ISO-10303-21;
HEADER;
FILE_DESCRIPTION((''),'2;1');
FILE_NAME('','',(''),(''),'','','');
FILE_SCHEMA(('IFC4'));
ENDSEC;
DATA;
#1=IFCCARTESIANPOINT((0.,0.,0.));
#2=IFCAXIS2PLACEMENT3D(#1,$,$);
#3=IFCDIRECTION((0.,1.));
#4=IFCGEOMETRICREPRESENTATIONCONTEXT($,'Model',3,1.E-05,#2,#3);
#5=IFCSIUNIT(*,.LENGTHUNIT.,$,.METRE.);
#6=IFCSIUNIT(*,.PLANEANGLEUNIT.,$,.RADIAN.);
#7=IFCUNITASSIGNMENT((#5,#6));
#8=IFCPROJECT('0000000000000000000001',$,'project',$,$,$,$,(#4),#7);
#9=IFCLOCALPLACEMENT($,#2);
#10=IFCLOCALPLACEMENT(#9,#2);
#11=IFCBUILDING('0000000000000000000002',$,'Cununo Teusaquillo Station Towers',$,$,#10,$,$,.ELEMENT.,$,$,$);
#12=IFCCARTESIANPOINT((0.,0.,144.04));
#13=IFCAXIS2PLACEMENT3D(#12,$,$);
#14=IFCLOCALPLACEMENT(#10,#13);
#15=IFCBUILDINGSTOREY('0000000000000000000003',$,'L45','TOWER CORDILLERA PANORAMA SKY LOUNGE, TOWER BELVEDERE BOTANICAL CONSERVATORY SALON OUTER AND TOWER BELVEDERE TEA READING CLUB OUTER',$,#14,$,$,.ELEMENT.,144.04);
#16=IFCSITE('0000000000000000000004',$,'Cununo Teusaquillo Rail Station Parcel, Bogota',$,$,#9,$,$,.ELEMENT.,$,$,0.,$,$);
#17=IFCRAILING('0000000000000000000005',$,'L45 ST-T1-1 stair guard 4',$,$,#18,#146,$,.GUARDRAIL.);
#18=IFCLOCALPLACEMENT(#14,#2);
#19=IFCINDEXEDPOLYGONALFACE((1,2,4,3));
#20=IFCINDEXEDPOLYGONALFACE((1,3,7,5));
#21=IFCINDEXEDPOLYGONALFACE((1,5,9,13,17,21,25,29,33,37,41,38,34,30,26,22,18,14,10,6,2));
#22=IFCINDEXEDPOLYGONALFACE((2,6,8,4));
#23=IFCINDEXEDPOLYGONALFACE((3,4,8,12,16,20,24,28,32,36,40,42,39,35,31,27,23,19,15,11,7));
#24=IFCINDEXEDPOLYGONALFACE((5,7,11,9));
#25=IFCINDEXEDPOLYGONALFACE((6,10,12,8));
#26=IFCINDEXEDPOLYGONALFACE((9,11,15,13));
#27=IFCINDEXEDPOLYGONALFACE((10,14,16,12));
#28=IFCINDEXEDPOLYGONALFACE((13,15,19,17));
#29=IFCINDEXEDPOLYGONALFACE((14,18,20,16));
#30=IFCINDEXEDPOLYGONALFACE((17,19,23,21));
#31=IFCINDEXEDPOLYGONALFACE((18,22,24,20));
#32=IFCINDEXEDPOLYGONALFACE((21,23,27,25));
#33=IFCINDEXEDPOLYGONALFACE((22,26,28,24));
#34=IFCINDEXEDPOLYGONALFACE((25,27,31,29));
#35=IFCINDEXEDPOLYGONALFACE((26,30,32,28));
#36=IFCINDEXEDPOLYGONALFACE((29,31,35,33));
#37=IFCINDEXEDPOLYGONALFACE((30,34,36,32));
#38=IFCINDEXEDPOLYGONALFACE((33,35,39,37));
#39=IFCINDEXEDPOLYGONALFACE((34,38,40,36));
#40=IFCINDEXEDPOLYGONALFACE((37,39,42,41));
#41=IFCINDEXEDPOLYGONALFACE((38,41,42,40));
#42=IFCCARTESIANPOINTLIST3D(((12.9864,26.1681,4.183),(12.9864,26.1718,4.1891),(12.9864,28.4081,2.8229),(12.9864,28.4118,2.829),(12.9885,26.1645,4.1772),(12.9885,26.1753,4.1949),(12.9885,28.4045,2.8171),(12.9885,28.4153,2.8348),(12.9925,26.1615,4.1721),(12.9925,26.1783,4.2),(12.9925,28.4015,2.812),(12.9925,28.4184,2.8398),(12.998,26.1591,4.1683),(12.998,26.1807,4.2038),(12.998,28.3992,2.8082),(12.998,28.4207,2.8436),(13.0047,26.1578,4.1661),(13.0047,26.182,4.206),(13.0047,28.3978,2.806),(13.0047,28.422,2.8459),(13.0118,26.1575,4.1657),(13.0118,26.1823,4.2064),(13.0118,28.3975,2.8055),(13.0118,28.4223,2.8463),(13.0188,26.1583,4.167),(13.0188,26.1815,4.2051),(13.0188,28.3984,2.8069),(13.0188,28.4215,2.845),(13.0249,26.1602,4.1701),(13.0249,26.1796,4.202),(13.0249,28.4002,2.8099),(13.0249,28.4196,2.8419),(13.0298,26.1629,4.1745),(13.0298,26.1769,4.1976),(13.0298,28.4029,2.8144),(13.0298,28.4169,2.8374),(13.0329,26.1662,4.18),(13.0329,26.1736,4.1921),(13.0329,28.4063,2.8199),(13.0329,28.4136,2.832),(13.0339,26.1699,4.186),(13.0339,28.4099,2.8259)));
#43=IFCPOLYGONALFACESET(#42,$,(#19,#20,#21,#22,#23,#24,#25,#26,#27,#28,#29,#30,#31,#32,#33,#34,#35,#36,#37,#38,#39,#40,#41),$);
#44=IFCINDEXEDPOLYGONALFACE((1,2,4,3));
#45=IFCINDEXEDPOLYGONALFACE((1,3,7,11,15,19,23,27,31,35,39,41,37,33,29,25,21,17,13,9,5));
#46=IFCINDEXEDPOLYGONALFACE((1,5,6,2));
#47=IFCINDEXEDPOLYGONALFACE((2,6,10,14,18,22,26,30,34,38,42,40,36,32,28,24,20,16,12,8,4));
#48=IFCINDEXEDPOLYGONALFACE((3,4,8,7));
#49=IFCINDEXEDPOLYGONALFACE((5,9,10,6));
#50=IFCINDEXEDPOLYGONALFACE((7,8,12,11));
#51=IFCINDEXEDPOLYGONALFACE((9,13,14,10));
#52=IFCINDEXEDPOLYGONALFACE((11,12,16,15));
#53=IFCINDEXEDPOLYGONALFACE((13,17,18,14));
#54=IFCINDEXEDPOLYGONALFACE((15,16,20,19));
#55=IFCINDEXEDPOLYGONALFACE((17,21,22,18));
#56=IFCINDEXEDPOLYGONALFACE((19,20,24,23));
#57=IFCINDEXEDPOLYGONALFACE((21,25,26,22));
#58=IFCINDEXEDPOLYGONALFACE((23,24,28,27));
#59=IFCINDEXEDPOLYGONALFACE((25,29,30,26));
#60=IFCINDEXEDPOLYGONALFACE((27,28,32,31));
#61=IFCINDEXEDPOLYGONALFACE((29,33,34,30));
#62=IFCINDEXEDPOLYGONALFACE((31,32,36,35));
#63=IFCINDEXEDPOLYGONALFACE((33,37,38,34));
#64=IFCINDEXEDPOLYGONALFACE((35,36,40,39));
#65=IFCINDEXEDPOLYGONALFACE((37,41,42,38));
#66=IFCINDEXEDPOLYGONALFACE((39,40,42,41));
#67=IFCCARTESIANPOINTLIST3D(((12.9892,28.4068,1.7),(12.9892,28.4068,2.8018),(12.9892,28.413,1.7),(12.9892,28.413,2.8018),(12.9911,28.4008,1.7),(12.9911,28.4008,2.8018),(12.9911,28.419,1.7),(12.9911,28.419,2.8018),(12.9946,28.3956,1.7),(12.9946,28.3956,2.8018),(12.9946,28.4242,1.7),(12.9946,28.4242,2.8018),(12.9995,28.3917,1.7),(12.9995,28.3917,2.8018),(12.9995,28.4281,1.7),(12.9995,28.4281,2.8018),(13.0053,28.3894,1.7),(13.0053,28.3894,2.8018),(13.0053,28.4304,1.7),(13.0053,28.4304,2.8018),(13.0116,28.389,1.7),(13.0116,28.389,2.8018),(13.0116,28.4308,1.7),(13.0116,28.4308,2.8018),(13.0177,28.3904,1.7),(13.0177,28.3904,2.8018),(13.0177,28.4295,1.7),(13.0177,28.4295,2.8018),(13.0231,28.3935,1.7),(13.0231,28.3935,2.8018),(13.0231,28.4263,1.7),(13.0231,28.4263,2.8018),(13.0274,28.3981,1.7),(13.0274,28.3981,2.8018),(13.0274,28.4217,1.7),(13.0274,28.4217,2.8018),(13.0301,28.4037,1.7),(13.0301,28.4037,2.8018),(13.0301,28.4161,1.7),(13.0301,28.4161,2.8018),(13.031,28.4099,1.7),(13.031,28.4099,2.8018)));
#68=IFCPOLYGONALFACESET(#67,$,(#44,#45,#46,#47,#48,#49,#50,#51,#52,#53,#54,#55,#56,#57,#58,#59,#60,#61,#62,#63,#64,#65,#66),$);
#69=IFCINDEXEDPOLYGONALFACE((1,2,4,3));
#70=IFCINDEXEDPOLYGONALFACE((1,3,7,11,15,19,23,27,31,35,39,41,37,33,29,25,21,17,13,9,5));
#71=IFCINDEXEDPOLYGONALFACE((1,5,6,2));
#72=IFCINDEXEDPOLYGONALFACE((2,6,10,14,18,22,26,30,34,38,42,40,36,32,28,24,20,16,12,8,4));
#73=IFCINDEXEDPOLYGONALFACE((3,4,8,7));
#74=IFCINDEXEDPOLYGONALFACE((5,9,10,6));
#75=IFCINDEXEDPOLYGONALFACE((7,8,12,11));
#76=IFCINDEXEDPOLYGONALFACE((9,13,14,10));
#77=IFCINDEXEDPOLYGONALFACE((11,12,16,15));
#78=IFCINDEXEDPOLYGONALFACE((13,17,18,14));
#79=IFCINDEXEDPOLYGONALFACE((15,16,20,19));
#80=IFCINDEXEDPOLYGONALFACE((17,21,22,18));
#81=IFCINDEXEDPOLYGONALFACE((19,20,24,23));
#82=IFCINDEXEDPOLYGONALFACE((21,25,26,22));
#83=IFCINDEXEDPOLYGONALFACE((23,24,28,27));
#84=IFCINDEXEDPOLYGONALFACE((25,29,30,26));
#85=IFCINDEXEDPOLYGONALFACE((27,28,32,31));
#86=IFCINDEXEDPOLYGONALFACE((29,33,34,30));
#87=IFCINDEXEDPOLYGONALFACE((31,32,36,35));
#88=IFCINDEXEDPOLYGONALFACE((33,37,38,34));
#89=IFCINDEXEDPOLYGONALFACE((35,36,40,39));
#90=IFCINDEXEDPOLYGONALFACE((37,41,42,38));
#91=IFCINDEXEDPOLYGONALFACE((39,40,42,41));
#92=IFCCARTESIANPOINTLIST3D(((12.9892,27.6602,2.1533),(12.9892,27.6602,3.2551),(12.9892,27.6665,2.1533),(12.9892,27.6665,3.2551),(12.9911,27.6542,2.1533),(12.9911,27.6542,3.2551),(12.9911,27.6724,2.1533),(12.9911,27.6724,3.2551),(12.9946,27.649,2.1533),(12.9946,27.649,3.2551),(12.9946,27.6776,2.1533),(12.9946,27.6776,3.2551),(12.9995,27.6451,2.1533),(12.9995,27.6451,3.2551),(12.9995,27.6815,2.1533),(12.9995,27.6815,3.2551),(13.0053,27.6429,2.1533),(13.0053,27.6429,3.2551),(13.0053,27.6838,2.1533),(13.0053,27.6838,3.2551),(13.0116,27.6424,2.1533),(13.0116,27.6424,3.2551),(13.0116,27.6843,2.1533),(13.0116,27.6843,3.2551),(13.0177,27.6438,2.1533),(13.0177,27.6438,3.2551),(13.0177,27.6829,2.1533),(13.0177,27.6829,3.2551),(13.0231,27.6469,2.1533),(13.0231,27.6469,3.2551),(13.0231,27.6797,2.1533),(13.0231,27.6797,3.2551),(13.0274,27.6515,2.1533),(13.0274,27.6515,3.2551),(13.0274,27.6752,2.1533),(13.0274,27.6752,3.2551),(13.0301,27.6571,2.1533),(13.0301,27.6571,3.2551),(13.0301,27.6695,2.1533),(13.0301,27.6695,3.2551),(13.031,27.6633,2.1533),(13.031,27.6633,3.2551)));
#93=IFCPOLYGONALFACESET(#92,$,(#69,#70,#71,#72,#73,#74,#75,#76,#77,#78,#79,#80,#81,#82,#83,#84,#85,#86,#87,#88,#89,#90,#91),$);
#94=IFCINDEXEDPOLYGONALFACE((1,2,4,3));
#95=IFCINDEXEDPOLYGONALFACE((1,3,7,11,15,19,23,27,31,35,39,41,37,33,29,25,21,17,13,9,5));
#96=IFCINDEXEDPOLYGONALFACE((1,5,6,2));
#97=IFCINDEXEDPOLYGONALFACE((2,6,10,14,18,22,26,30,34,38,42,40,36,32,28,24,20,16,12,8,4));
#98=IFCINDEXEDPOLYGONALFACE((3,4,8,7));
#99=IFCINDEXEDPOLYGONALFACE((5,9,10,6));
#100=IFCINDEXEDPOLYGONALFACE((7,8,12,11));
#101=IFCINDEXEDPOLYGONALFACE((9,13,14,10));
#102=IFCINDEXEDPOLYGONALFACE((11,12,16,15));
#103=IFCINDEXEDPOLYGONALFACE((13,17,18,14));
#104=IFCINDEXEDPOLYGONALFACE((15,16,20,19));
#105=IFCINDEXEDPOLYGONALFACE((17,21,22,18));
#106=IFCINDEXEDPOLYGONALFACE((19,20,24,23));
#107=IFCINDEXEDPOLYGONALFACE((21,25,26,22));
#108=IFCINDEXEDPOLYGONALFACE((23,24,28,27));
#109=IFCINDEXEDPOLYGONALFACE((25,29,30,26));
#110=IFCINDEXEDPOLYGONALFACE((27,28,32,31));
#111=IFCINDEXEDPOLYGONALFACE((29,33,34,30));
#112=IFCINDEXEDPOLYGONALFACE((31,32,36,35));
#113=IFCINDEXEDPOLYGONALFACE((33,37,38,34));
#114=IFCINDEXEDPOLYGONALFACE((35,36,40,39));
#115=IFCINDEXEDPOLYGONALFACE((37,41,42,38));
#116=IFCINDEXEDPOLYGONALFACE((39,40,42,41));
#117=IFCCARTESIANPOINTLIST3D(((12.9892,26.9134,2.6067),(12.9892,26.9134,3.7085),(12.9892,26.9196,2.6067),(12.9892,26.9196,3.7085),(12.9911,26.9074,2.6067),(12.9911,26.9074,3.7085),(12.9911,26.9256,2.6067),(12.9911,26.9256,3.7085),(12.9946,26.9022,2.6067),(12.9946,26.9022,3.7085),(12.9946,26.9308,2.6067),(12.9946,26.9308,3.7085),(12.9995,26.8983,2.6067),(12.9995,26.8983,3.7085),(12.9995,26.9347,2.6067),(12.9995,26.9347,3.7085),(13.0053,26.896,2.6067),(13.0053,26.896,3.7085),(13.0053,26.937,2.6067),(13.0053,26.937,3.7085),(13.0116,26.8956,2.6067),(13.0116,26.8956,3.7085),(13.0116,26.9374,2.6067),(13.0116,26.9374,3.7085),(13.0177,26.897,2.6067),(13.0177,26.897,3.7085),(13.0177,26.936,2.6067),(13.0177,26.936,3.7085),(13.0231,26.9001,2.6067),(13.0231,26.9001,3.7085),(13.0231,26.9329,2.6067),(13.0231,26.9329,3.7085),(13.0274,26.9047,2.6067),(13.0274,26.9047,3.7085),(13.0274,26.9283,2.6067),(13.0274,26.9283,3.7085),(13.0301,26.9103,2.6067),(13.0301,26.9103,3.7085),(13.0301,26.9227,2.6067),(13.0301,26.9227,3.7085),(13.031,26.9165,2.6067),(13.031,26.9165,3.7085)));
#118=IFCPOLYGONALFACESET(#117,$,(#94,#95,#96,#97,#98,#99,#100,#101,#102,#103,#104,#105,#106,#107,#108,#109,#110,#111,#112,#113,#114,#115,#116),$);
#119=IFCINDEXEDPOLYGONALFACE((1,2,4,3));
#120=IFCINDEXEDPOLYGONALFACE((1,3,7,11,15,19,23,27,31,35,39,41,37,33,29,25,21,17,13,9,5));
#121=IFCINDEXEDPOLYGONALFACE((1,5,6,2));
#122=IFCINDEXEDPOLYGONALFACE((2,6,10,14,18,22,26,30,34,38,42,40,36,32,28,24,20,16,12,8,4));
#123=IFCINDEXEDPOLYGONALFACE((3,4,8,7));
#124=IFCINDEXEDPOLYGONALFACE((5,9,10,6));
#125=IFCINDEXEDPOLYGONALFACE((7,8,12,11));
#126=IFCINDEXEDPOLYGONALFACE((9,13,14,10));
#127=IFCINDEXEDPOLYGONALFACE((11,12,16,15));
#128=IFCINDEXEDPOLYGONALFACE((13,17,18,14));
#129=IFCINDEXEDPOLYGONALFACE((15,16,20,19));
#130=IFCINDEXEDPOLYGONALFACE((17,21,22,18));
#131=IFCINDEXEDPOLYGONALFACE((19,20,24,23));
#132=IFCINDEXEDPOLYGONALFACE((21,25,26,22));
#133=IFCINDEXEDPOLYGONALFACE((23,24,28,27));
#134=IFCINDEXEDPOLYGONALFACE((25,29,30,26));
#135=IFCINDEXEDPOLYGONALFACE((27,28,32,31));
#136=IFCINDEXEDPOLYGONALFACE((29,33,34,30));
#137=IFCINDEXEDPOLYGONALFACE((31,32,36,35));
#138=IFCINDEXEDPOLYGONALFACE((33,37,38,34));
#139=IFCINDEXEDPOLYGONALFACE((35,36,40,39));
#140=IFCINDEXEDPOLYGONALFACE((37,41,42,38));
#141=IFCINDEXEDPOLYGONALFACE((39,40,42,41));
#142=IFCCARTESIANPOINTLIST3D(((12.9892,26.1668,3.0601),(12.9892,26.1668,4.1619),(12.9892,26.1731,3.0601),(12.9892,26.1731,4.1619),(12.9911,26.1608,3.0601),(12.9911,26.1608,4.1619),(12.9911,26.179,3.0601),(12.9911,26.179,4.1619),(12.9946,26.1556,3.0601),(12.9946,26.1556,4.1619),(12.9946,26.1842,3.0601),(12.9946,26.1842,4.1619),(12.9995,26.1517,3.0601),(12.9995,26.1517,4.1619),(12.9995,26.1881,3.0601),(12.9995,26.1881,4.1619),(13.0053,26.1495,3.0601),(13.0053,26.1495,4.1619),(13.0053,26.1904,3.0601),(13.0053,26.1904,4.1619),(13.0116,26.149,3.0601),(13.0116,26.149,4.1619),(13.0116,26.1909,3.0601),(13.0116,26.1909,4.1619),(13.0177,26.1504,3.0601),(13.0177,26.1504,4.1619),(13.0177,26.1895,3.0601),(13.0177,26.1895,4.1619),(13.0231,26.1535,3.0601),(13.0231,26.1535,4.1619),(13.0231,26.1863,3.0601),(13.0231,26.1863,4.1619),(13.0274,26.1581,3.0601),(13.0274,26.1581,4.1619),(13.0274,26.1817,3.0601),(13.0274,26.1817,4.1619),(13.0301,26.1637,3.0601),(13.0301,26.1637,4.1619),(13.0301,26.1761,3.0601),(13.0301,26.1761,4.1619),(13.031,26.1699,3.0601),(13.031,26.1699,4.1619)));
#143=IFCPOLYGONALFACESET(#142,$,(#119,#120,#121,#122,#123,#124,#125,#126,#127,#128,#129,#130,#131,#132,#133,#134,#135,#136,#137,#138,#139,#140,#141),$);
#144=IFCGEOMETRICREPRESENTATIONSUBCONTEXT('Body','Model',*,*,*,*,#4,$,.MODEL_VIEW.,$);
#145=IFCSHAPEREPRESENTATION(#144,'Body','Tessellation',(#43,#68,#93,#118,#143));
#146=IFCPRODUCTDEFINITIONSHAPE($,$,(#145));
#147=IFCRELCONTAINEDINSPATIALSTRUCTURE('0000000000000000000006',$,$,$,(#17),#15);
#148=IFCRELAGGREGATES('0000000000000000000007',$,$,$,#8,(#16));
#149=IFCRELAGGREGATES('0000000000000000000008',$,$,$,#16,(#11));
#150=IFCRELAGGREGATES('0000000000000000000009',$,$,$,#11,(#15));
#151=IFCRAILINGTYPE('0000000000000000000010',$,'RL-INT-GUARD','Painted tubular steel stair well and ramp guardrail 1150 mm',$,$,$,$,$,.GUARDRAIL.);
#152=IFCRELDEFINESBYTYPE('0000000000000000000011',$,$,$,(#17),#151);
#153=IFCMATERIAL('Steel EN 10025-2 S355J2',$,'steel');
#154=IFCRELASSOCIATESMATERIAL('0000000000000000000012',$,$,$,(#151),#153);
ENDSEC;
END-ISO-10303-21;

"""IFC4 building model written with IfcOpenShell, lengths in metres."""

from ifc_helpers import new_model, si_unit, direction, frame, origin, origin_2d, place, context, subcontext, project, spatial, circle, extrude, material, type_object, element, save


model = new_model("IFC4")

# Units and contexts
model_context = context("Model", 3, precision=1e-05, world=origin(), true_north=direction((0.0, 1.0)))
body_context = subcontext(model_context, "Body", "Model", "MODEL_VIEW")
ifc_project = project(units=[si_unit("LENGTHUNIT", "METRE"), si_unit("PLANEANGLEUNIT", "RADIAN")], contexts=[model_context])

# Site, building, storey
site_placement = place(None, origin())
site = spatial("IfcSite", under=ifc_project, at=site_placement, Name="Cununo Teusaquillo Rail Station Parcel, Bogota", CompositionType="ELEMENT", RefElevation=0.0)
building_placement = place(site_placement, origin())
building = spatial("IfcBuilding", under=site, at=building_placement, Name="Cununo Teusaquillo Station Towers", CompositionType="ELEMENT")
storey_placement = place(building_placement, frame((0.0, 0.0, 144.04)))
storey = spatial("IfcBuildingStorey", under=building, at=storey_placement, Name="L45", Description="TOWER CORDILLERA PANORAMA SKY LOUNGE, TOWER BELVEDERE BOTANICAL CONSERVATORY SALON OUTER AND TOWER BELVEDERE TEA READING CLUB OUTER", CompositionType="ELEMENT", Elevation=144.04)

# Railing
ifc_material_1 = material(Name="Steel EN 10025-2 S355J2", Category="steel")
railing_type_1 = type_object("IfcRailingType", Name="RL-INT-GUARD", Description="Painted tubular steel stair well and ramp guardrail 1150 mm", PredefinedType="GUARDRAIL", material=ifc_material_1)
railing_1_placement = place(storey_placement, frame((13.01, 28.4099, 1.7)))
element("IfcRailing", 1, at=railing_1_placement, inside=storey, type_object=railing_type_1, Name="L45 ST-T1-1 stair guard 4", PredefinedType="GUARDRAIL", context=body_context, shape_type="SweptSolid", body=[
    extrude(circle(Radius=0.0239, at=origin_2d()), frame((0.0, 0.0, 1.126), z_axis=(0.0, -0.854768, 0.51901), x_axis=(1.0, 0.0, 0.0)), (0.0, 0.0, 1.0), 2.6206),
    extrude(circle(Radius=0.021, at=origin_2d()), origin(), (0.0, 0.0, 1.0), 1.1018),
    extrude(circle(Radius=0.021, at=origin_2d()), frame((0.0, -0.7466, 0.4534)), (0.0, 0.0, 1.0), 1.1018),
    extrude(circle(Radius=0.021, at=origin_2d()), frame((0.0, -1.4934, 0.9067)), (0.0, 0.0, 1.0), 1.1018),
    extrude(circle(Radius=0.021, at=origin_2d()), frame((0.0, -2.24, 1.3601)), (0.0, 0.0, 1.0), 1.1018),
])

save(model, "model.ifc")
